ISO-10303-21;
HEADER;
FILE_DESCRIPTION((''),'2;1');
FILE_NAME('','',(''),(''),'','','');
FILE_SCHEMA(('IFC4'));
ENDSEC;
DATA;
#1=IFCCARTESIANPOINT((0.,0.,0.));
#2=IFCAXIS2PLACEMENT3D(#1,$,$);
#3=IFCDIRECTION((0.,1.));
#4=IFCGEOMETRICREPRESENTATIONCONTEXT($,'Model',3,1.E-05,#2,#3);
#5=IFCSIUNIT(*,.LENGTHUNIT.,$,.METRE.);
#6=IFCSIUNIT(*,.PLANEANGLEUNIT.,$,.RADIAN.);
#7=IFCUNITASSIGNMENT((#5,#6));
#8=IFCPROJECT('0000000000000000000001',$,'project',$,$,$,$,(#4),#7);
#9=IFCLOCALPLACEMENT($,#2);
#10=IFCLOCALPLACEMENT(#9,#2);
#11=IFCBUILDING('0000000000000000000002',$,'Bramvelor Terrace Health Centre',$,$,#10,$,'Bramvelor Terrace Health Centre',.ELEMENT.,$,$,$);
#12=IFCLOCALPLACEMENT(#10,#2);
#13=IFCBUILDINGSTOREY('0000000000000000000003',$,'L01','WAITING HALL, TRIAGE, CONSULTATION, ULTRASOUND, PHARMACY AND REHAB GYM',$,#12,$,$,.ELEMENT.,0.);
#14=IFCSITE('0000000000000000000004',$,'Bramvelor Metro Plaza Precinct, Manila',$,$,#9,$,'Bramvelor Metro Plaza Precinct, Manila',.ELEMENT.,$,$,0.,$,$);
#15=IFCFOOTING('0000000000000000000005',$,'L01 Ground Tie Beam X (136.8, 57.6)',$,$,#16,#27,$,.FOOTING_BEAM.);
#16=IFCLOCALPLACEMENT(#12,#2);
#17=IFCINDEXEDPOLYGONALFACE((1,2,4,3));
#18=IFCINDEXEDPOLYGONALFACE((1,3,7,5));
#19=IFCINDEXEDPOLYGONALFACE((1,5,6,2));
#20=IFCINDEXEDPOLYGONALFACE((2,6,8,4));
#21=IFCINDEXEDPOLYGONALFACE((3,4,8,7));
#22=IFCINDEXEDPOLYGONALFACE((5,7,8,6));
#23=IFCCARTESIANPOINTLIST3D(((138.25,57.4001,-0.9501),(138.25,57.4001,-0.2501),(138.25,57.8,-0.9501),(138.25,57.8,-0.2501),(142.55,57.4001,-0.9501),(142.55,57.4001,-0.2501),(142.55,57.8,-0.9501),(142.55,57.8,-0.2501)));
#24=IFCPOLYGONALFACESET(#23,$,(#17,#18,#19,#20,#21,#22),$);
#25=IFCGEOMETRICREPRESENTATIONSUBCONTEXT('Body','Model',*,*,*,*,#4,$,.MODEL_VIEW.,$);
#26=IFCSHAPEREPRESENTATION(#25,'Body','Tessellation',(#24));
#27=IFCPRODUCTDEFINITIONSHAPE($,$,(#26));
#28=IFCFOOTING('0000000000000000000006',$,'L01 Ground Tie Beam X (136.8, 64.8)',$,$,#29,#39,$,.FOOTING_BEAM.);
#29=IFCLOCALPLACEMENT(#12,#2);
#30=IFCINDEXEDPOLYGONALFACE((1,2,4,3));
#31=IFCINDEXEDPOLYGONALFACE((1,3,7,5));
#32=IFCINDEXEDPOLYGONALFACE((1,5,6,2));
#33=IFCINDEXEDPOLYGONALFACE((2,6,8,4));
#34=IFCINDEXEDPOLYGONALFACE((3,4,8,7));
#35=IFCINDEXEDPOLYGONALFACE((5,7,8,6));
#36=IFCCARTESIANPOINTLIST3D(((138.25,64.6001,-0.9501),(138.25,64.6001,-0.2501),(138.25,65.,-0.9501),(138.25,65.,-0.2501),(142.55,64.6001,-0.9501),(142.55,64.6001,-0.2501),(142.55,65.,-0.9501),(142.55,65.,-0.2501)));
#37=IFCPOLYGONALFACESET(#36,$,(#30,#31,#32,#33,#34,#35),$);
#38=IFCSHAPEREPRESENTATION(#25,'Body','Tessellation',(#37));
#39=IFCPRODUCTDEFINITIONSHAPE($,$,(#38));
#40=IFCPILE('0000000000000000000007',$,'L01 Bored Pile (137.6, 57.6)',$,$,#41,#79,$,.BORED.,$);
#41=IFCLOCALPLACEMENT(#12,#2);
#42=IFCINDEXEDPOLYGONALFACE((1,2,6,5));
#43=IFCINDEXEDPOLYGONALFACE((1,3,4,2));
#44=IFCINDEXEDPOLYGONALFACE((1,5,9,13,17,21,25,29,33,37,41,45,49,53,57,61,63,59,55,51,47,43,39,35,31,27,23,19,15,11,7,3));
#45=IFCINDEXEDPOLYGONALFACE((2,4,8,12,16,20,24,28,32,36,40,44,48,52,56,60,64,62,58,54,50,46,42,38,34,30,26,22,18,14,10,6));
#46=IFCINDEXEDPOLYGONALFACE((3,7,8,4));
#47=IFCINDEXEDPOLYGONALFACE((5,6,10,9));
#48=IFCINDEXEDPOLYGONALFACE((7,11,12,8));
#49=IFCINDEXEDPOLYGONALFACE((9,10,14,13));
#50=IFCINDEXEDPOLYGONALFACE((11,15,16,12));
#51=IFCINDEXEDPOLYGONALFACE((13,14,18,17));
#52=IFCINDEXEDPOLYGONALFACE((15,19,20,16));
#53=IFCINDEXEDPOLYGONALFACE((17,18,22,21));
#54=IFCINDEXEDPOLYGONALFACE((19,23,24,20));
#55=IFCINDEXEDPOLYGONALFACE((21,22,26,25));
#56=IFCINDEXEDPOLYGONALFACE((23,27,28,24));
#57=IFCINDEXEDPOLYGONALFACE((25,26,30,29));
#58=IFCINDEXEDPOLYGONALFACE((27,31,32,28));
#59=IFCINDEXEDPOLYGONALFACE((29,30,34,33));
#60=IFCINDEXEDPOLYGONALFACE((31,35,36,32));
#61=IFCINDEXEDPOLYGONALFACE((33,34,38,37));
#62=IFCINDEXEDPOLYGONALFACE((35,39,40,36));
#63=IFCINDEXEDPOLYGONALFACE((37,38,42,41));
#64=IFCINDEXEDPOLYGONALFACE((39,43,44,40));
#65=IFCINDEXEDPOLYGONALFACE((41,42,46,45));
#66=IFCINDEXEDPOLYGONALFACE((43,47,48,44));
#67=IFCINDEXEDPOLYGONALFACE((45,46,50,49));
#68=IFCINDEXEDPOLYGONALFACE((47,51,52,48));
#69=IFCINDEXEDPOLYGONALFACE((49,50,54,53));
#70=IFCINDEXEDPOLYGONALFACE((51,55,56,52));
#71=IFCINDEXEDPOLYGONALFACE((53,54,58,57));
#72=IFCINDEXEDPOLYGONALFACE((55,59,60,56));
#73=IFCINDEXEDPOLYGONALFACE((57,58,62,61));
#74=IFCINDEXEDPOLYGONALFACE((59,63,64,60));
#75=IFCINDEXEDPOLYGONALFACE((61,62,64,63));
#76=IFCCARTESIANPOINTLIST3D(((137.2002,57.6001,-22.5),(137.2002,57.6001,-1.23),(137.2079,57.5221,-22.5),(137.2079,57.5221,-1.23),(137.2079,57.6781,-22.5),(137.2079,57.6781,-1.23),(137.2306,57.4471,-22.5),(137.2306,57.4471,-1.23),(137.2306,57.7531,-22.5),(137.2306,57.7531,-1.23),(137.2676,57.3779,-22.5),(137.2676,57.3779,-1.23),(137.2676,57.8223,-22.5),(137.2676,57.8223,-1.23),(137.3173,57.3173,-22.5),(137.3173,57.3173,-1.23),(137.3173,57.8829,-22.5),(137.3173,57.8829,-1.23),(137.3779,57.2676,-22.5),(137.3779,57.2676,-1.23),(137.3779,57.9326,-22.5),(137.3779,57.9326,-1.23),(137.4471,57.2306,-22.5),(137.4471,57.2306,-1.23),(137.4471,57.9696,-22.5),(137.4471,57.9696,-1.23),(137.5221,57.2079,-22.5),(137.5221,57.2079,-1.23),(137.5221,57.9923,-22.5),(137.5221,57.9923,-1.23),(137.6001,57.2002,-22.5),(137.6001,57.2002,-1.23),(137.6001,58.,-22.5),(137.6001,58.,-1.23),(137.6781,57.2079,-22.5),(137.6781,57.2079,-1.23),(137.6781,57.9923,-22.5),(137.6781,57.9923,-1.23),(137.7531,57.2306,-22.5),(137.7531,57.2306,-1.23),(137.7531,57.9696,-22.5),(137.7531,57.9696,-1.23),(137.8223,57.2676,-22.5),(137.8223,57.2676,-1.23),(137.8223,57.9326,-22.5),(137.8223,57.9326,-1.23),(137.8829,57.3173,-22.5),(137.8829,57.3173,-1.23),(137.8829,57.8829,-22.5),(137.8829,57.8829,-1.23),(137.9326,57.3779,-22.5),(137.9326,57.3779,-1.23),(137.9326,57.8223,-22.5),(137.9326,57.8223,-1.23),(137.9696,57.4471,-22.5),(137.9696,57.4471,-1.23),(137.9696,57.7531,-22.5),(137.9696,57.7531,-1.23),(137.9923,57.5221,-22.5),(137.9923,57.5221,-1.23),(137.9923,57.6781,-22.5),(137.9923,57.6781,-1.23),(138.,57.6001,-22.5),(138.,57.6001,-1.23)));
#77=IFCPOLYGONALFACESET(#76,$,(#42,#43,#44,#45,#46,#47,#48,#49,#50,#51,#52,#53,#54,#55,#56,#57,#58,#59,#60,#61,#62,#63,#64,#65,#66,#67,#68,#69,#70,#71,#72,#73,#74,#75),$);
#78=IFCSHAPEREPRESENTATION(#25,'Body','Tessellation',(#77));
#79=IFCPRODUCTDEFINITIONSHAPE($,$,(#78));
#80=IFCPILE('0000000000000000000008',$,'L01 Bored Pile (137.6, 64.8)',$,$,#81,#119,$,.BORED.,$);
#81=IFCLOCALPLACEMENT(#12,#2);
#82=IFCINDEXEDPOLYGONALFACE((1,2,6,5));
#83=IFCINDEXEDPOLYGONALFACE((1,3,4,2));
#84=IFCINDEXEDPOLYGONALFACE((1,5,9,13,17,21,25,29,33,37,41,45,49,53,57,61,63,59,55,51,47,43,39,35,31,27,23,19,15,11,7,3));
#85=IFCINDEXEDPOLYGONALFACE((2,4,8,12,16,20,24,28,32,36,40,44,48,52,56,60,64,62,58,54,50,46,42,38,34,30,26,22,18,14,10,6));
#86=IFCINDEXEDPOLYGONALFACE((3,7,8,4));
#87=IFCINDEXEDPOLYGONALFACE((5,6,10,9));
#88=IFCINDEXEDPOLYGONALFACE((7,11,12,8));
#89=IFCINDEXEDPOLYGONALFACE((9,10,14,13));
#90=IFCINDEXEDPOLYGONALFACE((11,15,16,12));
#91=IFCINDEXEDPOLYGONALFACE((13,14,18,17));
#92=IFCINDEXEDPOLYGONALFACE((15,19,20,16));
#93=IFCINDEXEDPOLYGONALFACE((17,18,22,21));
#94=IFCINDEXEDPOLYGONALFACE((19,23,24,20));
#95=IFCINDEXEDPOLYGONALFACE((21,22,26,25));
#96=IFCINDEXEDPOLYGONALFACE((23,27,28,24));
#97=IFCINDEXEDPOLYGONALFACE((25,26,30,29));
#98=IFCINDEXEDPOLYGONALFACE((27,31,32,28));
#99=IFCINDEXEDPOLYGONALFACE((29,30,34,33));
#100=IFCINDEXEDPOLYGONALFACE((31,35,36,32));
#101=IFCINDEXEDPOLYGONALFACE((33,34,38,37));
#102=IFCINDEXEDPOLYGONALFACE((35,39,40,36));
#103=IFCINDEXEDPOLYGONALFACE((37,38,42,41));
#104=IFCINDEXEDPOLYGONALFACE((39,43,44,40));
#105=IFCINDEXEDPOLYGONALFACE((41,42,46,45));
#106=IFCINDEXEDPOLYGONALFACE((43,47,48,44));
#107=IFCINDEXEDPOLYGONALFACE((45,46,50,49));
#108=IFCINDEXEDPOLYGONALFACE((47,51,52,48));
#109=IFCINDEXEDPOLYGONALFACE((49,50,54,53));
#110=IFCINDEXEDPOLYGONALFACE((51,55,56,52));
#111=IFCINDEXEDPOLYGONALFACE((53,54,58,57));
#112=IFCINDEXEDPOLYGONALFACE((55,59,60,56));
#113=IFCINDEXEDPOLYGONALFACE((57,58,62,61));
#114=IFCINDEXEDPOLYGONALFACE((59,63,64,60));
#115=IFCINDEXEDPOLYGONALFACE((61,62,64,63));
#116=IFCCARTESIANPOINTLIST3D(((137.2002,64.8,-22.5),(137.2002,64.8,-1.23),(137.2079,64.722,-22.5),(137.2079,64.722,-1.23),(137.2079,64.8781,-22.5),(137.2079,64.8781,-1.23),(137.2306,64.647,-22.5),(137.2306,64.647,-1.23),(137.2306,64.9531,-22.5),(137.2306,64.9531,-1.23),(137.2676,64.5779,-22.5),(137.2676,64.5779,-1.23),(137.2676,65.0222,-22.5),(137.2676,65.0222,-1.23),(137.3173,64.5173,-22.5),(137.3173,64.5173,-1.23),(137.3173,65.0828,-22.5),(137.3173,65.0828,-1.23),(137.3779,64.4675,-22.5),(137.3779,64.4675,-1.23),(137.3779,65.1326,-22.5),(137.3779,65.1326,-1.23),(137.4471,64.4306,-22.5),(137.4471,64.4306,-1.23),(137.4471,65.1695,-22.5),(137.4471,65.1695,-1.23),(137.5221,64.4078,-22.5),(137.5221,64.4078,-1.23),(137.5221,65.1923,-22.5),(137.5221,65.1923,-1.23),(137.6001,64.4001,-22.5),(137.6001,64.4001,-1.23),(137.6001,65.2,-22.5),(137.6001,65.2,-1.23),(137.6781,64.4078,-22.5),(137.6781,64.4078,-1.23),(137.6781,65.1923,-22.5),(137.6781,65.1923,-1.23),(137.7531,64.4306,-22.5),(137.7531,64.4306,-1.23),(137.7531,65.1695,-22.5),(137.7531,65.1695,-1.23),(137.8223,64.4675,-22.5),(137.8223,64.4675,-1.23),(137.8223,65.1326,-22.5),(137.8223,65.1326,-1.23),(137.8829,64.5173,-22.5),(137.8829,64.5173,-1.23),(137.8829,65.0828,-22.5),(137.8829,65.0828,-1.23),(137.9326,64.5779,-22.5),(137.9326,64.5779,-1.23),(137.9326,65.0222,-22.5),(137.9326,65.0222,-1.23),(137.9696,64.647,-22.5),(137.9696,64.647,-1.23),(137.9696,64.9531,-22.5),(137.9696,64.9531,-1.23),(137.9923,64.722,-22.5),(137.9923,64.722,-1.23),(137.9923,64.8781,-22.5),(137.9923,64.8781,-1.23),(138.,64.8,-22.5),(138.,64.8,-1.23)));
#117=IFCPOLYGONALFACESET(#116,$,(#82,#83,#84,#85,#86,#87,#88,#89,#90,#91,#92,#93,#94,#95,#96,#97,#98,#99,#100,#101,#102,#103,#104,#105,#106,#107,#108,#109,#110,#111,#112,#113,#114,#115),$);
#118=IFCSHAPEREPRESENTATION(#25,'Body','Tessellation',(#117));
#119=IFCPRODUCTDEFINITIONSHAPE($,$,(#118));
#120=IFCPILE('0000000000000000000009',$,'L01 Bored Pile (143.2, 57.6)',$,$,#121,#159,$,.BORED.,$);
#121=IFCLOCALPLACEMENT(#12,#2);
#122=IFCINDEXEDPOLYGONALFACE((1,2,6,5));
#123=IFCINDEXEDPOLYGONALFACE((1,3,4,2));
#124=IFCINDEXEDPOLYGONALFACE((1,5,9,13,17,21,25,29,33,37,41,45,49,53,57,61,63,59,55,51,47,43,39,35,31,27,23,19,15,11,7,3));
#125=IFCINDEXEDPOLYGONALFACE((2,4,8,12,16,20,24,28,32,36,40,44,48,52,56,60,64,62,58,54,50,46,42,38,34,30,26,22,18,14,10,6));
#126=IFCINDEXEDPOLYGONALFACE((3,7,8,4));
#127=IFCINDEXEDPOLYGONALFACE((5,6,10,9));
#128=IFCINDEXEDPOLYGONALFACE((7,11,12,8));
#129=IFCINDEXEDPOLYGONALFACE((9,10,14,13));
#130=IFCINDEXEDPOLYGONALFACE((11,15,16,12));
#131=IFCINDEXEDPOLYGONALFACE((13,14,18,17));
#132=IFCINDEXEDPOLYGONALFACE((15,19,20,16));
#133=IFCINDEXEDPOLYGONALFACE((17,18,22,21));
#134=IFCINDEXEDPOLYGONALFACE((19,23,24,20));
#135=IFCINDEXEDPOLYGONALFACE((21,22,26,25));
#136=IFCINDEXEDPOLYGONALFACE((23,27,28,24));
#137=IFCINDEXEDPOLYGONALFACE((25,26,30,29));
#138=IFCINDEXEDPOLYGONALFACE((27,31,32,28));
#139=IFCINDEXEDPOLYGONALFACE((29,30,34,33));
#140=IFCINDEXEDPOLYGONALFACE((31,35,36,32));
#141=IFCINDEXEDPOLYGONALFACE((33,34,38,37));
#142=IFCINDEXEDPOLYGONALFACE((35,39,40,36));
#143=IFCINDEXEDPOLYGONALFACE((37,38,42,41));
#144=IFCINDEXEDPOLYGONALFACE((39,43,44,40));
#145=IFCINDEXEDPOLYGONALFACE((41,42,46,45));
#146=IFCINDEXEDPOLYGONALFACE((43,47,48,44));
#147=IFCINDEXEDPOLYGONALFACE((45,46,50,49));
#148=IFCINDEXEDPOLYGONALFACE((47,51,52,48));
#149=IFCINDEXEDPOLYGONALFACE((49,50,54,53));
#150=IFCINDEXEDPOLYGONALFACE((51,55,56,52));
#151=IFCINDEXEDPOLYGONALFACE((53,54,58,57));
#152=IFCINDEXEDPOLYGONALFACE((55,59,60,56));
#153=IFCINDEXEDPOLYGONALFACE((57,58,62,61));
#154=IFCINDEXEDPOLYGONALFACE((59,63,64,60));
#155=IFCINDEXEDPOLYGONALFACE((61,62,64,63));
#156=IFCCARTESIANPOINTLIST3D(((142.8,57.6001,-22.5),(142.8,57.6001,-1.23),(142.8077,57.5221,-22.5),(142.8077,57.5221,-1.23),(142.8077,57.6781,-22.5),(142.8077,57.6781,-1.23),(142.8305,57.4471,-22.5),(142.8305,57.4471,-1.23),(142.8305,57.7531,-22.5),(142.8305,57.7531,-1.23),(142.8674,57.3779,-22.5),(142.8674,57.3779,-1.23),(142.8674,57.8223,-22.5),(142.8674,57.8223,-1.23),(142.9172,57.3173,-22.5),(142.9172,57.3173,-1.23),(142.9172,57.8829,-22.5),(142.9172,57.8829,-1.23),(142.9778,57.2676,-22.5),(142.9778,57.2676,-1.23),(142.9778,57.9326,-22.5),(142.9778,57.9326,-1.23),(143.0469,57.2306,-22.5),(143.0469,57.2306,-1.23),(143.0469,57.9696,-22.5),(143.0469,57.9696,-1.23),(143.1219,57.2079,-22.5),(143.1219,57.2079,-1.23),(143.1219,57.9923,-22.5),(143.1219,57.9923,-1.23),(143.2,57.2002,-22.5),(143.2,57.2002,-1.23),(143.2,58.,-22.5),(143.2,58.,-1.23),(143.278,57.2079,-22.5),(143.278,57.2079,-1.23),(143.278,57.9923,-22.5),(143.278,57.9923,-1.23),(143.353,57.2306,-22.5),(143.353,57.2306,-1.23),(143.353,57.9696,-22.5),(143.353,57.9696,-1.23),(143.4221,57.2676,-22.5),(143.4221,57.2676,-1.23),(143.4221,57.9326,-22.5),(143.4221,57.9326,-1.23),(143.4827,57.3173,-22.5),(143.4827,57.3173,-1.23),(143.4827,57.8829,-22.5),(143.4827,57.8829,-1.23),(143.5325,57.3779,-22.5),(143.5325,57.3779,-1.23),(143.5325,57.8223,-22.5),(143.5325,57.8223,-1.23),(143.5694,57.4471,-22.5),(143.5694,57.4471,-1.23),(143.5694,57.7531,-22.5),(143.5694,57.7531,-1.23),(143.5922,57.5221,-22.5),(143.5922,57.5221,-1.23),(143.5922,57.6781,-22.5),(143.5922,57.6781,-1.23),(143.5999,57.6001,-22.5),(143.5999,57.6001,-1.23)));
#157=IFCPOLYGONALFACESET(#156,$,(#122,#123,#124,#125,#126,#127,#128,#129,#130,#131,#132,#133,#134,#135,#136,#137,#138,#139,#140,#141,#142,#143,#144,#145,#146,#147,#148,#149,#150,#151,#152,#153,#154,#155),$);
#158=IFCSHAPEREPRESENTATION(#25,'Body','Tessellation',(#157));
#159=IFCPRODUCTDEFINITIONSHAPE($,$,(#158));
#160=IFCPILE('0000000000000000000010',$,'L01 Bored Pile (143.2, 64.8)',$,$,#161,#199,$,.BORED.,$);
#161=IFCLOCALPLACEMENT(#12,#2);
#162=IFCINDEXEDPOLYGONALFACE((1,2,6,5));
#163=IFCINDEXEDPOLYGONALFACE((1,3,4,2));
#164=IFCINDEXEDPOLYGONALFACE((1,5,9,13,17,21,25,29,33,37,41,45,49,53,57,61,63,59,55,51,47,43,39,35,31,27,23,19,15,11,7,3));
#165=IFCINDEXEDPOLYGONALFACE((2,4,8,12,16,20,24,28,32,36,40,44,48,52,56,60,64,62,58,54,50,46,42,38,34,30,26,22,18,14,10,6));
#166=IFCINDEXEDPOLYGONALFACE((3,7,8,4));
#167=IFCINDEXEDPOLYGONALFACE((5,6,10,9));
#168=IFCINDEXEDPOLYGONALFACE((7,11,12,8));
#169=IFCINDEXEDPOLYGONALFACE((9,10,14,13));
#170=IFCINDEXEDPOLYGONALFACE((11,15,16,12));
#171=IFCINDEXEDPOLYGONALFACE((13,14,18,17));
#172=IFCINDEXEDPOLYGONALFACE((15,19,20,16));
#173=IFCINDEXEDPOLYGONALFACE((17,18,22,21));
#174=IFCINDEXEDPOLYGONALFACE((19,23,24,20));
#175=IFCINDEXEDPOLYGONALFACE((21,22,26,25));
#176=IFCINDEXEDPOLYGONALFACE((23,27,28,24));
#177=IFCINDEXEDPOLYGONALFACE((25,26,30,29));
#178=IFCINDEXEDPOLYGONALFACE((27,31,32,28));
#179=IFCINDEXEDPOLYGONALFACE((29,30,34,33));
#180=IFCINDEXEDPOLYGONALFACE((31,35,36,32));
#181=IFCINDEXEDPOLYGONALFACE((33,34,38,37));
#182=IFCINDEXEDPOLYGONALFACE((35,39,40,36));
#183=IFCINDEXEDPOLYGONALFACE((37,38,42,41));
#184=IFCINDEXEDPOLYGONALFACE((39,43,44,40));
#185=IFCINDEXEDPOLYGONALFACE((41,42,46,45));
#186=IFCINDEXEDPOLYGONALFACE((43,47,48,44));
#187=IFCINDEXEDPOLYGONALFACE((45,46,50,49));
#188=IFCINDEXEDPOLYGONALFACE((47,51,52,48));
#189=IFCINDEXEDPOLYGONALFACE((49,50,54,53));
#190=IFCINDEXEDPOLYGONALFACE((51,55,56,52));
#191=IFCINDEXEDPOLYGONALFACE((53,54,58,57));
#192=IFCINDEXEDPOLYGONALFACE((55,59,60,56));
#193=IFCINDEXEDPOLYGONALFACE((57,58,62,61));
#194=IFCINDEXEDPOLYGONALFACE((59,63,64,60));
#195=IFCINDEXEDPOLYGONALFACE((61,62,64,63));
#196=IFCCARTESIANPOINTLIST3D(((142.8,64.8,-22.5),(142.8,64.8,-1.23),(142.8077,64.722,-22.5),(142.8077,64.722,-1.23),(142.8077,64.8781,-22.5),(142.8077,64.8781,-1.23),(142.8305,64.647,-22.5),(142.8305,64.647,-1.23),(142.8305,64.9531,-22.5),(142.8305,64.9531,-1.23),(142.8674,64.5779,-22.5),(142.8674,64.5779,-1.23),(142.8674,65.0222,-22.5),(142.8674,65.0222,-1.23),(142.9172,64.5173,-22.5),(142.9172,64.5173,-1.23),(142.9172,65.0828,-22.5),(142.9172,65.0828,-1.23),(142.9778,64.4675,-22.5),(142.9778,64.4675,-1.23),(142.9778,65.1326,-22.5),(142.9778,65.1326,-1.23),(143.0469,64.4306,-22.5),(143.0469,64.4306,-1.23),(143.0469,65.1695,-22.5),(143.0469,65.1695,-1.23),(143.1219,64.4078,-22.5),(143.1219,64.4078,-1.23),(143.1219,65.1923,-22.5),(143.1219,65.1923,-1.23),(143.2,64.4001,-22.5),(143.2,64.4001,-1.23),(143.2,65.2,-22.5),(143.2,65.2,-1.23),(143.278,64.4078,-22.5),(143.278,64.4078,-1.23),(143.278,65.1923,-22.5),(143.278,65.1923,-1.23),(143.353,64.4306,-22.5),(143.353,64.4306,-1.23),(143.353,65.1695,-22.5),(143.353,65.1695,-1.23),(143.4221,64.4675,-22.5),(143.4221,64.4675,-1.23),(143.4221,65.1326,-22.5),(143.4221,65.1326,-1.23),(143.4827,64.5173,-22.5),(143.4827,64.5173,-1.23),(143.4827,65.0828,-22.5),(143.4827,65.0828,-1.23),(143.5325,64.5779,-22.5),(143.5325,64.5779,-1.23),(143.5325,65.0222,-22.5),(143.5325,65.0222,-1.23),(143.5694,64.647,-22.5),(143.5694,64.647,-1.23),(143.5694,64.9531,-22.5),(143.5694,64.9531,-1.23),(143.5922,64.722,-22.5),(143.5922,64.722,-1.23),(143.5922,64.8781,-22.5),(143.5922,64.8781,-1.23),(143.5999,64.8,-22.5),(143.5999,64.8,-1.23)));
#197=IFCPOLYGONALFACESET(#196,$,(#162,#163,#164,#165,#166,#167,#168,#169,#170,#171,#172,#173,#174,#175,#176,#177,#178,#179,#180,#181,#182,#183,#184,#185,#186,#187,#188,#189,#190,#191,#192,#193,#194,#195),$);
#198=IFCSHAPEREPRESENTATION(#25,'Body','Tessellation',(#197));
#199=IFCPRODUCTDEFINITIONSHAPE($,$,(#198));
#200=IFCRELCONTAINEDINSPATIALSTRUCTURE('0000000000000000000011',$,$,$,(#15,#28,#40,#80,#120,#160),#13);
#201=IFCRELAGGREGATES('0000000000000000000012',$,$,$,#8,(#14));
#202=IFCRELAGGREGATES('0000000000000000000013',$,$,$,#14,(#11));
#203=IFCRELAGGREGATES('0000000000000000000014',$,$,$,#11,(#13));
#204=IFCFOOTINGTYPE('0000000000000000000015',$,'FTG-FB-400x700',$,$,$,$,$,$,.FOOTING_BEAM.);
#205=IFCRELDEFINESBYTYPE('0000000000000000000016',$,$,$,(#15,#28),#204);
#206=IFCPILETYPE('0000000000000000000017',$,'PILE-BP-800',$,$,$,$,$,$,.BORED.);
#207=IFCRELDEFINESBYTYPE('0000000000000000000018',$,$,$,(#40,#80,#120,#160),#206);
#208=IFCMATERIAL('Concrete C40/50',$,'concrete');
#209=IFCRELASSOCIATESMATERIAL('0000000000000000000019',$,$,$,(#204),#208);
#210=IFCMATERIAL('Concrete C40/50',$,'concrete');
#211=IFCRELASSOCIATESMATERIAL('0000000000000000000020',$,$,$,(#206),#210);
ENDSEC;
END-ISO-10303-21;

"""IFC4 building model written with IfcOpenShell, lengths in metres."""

from ifc_helpers import new_model, si_unit, direction, frame, origin, origin_2d, place, context, subcontext, project, spatial, rectangle, circle, extrude, material, material_profile, profile_set, type_object, element, save


model = new_model("IFC4")

# Units and contexts
model_context = context("Model", 3, precision=1e-05, world=origin(), true_north=direction((0.0, 1.0)))
body_context = subcontext(model_context, "Body", "Model", "MODEL_VIEW")
ifc_project = project(units=[si_unit("LENGTHUNIT", "METRE"), si_unit("PLANEANGLEUNIT", "RADIAN")], contexts=[model_context])

# Site, building, storey
site_placement = place(None, origin())
site = spatial("IfcSite", under=ifc_project, at=site_placement, Name="Bramvelor Metro Plaza Precinct, Manila", LongName="Bramvelor Metro Plaza Precinct, Manila", CompositionType="ELEMENT", RefElevation=0.0)
building_placement = place(site_placement, origin())
building = spatial("IfcBuilding", under=site, at=building_placement, Name="Bramvelor Terrace Health Centre", LongName="Bramvelor Terrace Health Centre", CompositionType="ELEMENT")
storey_placement = place(building_placement, origin())
storey = spatial("IfcBuildingStorey", under=building, at=storey_placement, Name="L01", Description="WAITING HALL, TRIAGE, CONSULTATION, ULTRASOUND, PHARMACY AND REHAB GYM", CompositionType="ELEMENT", Elevation=0.0)

# Footings
ifc_material_1 = material(Name="Concrete C40/50", Category="concrete")
ifc_material_profile_1 = material_profile(ifc_material_1, rectangle(XDim=0.3999, YDim=0.7, at=origin_2d()), Name="RC 400x700")
ifc_profile_set_1 = profile_set([ifc_material_profile_1], Name="Concrete C40/50")
footing_type = type_object("IfcFootingType", Name="FTG-FB-400x700", PredefinedType="FOOTING_BEAM", material=ifc_profile_set_1)
for number, where, z_axis, x_axis, name in (
    (1, (138.25, 57.6001, -0.6001), (1.0, 0.0, 0.0), (0.0, 1.0, 0.0), "L01 Ground Tie Beam X (136.8, 57.6)"),
    (2, (138.25, 64.8, -0.6001), (1.0, 0.0, 0.0), (0.0, 1.0, 0.0), "L01 Ground Tie Beam X (136.8, 64.8)"),
):
    element("IfcFooting", number, at=place(storey_placement, frame(where, z_axis=z_axis, x_axis=x_axis)), inside=storey, type_object=footing_type, Name=name, PredefinedType="FOOTING_BEAM", context=body_context, shape_type="SweptSolid", body=[
        extrude(rectangle(XDim=0.3999, YDim=0.7, at=origin_2d()), origin(), (0.0, 0.0, 1.0), 4.3),
    ])

# Piles
ifc_material_2 = material(Name="Concrete C40/50", Category="concrete")
ifc_material_profile_2 = material_profile(ifc_material_2, circle(Radius=0.3999, at=origin_2d()), Name="BP D800")
ifc_profile_set_2 = profile_set([ifc_material_profile_2], Name="Concrete C40/50")
pile_type = type_object("IfcPileType", Name="PILE-BP-800", PredefinedType="BORED", material=ifc_profile_set_2)
for number, where, z_axis, x_axis, name in (
    (3, (137.6001, 57.6001, -1.23), (0.0, 0.0, -1.0), (1.0, 0.0, 0.0), "L01 Bored Pile (137.6, 57.6)"),
    (4, (137.6001, 64.8, -1.23), (0.0, 0.0, -1.0), (1.0, 0.0, 0.0), "L01 Bored Pile (137.6, 64.8)"),
    (5, (143.2, 57.6001, -1.23), (0.0, 0.0, -1.0), (1.0, 0.0, 0.0), "L01 Bored Pile (143.2, 57.6)"),
    (6, (143.2, 64.8, -1.23), (0.0, 0.0, -1.0), (1.0, 0.0, 0.0), "L01 Bored Pile (143.2, 64.8)"),
):
    element("IfcPile", number, at=place(storey_placement, frame(where, z_axis=z_axis, x_axis=x_axis)), inside=storey, type_object=pile_type, Name=name, PredefinedType="BORED", context=body_context, shape_type="SweptSolid", body=[
        extrude(circle(Radius=0.3999, at=origin_2d()), origin(), (0.0, 0.0, 1.0), 21.27),
    ])

save(model, "model.ifc")
